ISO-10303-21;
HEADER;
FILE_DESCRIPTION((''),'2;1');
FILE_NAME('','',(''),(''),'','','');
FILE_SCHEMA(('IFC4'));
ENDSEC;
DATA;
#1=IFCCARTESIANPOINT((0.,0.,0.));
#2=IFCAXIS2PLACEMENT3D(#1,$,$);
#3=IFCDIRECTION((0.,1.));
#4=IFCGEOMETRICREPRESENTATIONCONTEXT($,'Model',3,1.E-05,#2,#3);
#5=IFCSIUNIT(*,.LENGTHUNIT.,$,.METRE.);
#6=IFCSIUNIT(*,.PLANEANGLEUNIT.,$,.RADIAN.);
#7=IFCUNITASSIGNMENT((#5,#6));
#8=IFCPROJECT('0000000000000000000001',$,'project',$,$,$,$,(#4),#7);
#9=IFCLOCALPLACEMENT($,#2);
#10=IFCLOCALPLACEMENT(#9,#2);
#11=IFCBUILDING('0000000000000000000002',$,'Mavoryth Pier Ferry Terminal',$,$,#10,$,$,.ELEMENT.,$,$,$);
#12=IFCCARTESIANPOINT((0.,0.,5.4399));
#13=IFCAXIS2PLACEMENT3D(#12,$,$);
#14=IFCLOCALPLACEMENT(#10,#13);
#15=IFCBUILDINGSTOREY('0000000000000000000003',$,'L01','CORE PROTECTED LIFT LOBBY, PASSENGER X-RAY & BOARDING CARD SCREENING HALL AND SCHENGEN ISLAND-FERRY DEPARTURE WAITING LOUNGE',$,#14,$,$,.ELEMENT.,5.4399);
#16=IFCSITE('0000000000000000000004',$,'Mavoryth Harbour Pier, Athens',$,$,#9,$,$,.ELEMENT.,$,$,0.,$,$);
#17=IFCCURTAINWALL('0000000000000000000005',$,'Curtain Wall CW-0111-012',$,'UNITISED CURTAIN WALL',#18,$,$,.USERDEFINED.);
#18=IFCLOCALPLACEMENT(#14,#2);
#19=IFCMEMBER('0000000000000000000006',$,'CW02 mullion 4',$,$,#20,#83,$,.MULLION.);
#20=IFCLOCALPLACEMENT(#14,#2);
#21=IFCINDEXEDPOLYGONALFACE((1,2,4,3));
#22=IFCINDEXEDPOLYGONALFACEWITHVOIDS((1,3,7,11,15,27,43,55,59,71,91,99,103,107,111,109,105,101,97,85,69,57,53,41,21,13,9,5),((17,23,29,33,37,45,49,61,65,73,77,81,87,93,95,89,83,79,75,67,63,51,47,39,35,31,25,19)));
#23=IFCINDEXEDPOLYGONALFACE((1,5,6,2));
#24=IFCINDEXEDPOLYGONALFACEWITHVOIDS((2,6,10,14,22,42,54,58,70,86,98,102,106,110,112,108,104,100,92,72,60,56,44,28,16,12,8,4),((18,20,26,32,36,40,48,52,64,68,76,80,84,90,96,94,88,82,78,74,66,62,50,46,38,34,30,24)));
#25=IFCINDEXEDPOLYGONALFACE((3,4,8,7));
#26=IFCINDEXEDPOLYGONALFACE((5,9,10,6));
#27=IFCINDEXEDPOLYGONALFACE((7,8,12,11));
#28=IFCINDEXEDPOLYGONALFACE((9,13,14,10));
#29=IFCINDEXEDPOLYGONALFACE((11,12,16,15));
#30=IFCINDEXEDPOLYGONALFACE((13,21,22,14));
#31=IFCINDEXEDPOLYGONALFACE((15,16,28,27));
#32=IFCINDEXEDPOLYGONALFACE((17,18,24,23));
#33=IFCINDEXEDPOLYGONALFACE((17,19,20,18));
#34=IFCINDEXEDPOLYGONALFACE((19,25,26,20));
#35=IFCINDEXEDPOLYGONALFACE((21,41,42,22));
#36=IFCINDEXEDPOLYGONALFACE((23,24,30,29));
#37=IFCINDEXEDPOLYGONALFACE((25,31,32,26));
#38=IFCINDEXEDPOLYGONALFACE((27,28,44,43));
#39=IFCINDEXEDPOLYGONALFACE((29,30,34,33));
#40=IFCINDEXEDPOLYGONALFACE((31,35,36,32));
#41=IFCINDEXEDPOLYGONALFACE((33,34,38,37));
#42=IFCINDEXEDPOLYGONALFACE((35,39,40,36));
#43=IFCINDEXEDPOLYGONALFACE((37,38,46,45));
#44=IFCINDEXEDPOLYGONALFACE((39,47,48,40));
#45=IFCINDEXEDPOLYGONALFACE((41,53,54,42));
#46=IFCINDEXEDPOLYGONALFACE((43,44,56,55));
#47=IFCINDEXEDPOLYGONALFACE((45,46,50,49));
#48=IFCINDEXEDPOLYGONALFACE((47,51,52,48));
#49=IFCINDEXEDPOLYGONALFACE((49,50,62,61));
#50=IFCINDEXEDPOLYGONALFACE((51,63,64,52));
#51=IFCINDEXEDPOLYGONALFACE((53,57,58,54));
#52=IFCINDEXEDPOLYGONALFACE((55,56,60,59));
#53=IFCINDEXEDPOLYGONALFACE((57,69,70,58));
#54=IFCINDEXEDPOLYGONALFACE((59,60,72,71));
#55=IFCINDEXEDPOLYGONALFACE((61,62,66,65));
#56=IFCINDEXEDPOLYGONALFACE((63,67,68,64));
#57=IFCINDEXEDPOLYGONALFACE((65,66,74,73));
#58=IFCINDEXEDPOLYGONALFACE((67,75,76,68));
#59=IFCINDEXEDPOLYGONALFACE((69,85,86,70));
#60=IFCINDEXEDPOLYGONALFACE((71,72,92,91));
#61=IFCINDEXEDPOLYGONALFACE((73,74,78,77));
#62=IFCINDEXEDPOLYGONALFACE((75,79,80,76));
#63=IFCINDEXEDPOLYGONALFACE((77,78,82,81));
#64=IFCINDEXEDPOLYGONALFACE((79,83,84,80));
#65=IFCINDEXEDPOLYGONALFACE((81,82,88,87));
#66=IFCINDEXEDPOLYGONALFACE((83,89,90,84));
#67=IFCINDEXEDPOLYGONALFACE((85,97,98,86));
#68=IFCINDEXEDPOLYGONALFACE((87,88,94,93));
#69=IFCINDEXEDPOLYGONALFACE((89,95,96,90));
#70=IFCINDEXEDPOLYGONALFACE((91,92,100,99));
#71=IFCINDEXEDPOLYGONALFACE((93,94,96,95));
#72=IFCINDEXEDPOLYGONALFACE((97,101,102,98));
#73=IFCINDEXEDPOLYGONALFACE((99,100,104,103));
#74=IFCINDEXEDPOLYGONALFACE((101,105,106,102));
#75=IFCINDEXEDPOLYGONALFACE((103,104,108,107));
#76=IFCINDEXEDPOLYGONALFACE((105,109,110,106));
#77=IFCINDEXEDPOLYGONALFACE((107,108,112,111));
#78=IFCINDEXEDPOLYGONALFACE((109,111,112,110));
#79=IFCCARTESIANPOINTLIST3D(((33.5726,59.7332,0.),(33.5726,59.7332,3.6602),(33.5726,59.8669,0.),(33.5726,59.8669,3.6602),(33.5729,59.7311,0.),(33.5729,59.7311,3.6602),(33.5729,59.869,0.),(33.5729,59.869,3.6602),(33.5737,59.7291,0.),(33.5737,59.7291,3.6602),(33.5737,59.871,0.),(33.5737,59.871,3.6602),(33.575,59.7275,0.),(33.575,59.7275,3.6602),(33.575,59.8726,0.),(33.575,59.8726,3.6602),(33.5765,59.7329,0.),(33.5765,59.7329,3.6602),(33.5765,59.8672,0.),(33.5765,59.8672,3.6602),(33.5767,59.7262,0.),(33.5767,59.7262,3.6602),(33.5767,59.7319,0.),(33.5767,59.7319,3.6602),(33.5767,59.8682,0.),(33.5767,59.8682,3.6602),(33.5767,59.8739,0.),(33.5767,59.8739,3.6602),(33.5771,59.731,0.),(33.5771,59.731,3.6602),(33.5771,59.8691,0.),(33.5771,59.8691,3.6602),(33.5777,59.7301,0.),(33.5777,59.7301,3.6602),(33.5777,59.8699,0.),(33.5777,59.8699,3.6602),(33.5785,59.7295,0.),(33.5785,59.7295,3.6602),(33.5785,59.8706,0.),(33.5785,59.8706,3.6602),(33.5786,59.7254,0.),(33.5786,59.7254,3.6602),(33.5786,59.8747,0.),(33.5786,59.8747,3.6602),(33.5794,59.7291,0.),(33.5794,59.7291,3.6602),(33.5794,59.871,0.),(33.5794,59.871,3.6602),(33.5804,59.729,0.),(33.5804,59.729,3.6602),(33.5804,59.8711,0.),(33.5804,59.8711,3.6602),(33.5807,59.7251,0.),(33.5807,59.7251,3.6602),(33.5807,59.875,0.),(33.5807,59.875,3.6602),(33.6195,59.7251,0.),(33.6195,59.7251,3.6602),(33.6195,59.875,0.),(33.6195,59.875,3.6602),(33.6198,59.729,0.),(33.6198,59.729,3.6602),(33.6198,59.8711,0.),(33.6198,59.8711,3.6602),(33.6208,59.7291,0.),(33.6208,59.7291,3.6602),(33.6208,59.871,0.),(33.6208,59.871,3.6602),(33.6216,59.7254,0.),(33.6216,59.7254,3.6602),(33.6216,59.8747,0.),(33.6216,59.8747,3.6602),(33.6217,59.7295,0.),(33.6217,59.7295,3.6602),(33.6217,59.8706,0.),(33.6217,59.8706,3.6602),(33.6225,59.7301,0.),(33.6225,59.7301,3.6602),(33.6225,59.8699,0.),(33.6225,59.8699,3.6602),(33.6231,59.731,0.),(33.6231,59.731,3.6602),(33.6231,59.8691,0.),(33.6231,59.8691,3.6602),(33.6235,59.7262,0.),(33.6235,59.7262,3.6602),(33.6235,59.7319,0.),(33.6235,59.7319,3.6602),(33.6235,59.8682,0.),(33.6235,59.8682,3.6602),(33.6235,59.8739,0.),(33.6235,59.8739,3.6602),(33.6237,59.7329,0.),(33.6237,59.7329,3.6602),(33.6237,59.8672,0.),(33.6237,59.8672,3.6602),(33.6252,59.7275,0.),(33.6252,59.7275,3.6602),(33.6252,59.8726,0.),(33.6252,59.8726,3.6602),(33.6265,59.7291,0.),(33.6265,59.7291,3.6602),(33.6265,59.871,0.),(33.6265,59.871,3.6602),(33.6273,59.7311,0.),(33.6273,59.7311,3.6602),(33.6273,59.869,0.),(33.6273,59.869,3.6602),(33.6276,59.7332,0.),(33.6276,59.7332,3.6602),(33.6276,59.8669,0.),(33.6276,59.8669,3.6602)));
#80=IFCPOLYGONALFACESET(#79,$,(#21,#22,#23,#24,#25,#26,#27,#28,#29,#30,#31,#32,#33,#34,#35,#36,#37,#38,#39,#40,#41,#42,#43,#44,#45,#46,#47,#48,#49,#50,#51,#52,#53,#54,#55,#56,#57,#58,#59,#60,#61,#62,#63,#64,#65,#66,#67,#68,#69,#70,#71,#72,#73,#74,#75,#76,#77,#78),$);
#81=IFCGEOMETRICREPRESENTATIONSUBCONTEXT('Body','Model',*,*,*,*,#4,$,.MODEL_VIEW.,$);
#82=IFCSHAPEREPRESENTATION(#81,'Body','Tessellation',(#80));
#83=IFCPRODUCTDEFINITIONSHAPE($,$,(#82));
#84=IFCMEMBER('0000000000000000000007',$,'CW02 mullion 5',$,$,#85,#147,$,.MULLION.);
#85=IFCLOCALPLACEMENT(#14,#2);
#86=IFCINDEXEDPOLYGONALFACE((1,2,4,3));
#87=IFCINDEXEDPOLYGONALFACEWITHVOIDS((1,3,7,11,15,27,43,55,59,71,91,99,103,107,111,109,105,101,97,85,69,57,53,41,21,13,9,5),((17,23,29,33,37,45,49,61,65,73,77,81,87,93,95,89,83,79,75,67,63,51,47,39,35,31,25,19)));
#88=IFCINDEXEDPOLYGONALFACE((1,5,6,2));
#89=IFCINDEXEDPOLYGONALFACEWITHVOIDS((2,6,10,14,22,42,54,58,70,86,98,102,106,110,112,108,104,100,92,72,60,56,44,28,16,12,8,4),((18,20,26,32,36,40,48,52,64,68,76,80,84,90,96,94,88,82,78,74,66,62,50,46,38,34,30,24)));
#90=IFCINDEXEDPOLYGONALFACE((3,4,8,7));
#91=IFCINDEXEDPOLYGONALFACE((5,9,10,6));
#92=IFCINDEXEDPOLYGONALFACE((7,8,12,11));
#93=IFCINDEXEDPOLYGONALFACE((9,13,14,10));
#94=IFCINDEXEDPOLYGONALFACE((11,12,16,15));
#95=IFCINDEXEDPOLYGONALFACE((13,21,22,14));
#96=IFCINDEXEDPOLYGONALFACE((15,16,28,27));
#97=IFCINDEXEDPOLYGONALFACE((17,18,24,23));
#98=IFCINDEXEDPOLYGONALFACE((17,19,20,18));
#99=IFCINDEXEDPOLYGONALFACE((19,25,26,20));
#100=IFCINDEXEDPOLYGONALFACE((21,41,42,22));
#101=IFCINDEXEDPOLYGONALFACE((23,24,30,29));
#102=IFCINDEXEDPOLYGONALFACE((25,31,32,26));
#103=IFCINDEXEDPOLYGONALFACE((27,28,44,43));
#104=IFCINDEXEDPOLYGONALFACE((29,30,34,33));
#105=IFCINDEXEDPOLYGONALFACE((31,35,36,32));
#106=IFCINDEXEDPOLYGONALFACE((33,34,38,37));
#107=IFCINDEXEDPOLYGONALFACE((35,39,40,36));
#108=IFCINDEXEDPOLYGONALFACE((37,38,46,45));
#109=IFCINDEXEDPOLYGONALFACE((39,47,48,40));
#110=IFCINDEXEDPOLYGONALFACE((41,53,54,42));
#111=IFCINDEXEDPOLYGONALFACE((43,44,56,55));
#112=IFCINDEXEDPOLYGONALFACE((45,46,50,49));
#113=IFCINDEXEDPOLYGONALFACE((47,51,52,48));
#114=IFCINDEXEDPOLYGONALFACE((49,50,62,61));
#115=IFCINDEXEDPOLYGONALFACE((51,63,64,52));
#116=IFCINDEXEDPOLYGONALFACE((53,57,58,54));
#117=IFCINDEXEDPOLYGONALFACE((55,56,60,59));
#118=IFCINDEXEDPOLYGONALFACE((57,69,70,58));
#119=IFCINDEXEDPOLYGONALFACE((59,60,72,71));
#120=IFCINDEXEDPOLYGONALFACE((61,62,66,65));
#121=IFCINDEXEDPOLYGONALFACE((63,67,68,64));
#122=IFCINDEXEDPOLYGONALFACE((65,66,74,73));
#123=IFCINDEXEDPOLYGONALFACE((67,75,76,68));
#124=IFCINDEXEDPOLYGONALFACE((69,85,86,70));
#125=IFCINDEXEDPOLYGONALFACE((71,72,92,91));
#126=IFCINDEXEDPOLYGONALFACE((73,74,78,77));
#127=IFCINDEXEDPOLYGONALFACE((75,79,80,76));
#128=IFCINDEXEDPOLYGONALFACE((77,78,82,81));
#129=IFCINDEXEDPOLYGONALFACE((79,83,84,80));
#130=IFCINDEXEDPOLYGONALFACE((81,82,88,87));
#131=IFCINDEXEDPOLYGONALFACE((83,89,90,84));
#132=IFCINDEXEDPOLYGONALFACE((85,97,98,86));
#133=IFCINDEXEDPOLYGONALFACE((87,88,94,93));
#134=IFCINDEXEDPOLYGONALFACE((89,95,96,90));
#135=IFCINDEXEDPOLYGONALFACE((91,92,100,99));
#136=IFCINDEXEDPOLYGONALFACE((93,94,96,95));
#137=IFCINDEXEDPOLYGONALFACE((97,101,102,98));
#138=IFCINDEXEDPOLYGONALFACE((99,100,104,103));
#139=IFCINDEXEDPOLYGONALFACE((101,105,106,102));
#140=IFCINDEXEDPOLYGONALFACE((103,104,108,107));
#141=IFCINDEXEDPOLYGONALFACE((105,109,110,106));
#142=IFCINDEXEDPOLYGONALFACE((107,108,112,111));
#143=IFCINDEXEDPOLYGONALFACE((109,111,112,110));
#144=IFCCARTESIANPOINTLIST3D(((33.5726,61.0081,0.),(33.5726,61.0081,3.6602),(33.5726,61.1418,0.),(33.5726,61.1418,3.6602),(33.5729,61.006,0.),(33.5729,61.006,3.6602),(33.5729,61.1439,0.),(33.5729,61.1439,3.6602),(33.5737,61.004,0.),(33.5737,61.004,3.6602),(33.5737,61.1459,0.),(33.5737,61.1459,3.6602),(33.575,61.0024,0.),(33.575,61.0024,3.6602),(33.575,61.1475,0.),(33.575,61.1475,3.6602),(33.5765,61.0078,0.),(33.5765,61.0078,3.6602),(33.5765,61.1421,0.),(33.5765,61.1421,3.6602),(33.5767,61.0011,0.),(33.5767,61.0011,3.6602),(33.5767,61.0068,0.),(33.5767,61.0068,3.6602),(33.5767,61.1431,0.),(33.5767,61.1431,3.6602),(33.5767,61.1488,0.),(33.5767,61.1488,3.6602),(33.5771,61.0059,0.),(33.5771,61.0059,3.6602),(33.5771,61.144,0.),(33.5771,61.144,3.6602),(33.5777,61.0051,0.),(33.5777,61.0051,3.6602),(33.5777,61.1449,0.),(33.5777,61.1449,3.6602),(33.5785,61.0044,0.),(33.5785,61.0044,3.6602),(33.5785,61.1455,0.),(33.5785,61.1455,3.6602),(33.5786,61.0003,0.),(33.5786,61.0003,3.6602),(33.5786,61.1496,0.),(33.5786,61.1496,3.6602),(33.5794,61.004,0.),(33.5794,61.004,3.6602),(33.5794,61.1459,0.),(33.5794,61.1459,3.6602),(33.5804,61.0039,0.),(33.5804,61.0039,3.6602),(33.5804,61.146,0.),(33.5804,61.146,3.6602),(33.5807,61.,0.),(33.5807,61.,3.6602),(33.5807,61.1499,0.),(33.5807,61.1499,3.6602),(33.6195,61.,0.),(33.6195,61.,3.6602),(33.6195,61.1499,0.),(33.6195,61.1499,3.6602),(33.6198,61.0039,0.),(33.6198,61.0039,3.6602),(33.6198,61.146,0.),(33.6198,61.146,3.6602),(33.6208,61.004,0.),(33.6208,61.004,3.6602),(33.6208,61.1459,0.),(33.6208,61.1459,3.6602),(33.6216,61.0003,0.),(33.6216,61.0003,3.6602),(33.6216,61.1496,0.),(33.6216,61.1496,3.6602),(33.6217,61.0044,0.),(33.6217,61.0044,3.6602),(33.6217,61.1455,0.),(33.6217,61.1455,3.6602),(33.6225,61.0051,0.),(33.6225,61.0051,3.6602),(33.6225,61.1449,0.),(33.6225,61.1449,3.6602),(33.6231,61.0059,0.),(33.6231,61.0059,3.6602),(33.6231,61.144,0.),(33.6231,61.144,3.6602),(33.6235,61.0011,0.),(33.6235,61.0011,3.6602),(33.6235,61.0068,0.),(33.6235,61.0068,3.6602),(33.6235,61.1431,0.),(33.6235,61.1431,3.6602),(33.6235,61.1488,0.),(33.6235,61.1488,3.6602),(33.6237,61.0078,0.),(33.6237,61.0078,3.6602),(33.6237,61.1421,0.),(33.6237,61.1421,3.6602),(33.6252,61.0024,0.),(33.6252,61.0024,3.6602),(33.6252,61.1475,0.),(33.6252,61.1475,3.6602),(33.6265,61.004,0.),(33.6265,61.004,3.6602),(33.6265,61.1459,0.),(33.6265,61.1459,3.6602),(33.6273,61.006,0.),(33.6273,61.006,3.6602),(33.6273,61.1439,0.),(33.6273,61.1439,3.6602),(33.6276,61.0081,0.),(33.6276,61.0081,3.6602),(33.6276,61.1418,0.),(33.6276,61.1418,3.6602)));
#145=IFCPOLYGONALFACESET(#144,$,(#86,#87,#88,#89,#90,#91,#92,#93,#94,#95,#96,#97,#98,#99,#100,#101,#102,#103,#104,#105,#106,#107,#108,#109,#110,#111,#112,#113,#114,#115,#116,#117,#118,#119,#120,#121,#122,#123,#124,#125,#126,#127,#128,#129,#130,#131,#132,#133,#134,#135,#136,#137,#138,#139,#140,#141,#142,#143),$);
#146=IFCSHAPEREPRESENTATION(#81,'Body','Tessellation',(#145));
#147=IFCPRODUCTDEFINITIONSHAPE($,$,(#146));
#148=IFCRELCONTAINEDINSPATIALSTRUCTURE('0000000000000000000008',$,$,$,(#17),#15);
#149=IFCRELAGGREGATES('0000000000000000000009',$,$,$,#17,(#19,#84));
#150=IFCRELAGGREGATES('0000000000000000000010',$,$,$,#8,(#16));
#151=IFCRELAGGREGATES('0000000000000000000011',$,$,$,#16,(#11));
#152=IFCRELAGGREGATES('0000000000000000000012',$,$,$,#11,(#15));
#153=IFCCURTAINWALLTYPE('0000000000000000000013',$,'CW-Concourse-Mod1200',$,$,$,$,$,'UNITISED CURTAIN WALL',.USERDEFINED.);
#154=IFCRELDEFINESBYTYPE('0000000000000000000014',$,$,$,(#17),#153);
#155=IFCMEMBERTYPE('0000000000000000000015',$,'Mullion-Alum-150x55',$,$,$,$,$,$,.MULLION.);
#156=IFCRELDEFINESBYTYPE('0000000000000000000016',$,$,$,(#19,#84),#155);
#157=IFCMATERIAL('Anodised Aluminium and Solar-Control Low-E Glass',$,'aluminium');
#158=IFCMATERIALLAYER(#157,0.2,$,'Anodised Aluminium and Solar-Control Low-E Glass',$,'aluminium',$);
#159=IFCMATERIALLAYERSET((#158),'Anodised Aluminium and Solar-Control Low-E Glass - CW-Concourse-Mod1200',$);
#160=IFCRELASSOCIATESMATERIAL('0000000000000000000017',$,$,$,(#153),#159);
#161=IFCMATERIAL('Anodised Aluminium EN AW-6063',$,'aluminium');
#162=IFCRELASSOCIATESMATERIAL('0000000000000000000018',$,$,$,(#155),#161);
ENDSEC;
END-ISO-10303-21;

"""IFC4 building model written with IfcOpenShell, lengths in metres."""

from ifc_helpers import new_model, si_unit, direction, frame, origin, origin_2d, place, context, subcontext, project, spatial, hollow_rectangle, extrude, material, layer, layer_set, material_profile, profile_set, type_object, element, aggregate, save


model = new_model("IFC4")

# Units and contexts
model_context = context("Model", 3, precision=1e-05, world=origin(), true_north=direction((0.0, 1.0)))
body_context = subcontext(model_context, "Body", "Model", "MODEL_VIEW")
ifc_project = project(units=[si_unit("LENGTHUNIT", "METRE"), si_unit("PLANEANGLEUNIT", "RADIAN")], contexts=[model_context])

# Site, building, storey
site_placement = place(None, origin())
site = spatial("IfcSite", under=ifc_project, at=site_placement, Name="Mavoryth Harbour Pier, Athens", CompositionType="ELEMENT", RefElevation=0.0)
building_placement = place(site_placement, origin())
building = spatial("IfcBuilding", under=site, at=building_placement, Name="Mavoryth Pier Ferry Terminal", CompositionType="ELEMENT")
storey_placement = place(building_placement, frame((0.0, 0.0, 5.4399)))
storey = spatial("IfcBuildingStorey", under=building, at=storey_placement, Name="L01", Description="CORE PROTECTED LIFT LOBBY, PASSENGER X-RAY & BOARDING CARD SCREENING HALL AND SCHENGEN ISLAND-FERRY DEPARTURE WAITING LOUNGE", CompositionType="ELEMENT", Elevation=5.4399)

# Curtain wall, members
ifc_material_1 = material(Name="Anodised Aluminium and Solar-Control Low-E Glass", Category="aluminium")
ifc_layer_1 = layer(ifc_material_1, 0.2, Name="Anodised Aluminium and Solar-Control Low-E Glass", Category="aluminium")
ifc_layer_set_1 = layer_set([ifc_layer_1], Name="Anodised Aluminium and Solar-Control Low-E Glass - CW-Concourse-Mod1200")
curtain_wall_type = type_object("IfcCurtainWallType", Name="CW-Concourse-Mod1200", ElementType="UNITISED CURTAIN WALL", PredefinedType="USERDEFINED", material=ifc_layer_set_1)
curtain_wall_placement = place(storey_placement, origin())
curtain_wall = element("IfcCurtainWall", 1, at=curtain_wall_placement, inside=storey, type_object=curtain_wall_type, Name="Curtain Wall CW-0111-012", ObjectType="UNITISED CURTAIN WALL", PredefinedType="USERDEFINED")
ifc_material_2 = material(Name="Anodised Aluminium EN AW-6063", Category="aluminium")
ifc_material_profile_1 = material_profile(ifc_material_2, hollow_rectangle(XDim=0.0549, YDim=0.1499, WallThickness=0.0039, InnerFilletRadius=0.0039, OuterFilletRadius=0.0081, at=origin_2d()), Name="AL-MULL 150x55x4", Category="aluminium")
ifc_profile_set_1 = profile_set([ifc_material_profile_1], Name="Anodised Aluminium EN AW-6063 - AL-MULL 150x55x4")
member_type_1 = type_object("IfcMemberType", Name="Mullion-Alum-150x55", PredefinedType="MULLION", material=ifc_profile_set_1)
member_1_placement = place(storey_placement, frame((33.6001, 59.8, 0.0), z_axis=(0.0, 0.0, 1.0), x_axis=(-1.0, 0.0, 0.0)))
member_1 = element("IfcMember", 2, at=member_1_placement, type_object=member_type_1, Name="CW02 mullion 4", PredefinedType="MULLION", context=body_context, shape_type="SweptSolid", body=[
    extrude(hollow_rectangle(XDim=0.0549, YDim=0.1499, WallThickness=0.0039, InnerFilletRadius=0.0039, OuterFilletRadius=0.0081, at=origin_2d()), origin(), (0.0, 0.0, 1.0), 3.6602),
])
member_2_placement = place(storey_placement, frame((33.6001, 61.075, 0.0), z_axis=(0.0, 0.0, 1.0), x_axis=(-1.0, 0.0, 0.0)))
member_2 = element("IfcMember", 3, at=member_2_placement, type_object=member_type_1, Name="CW02 mullion 5", PredefinedType="MULLION", context=body_context, shape_type="SweptSolid", body=[
    extrude(hollow_rectangle(XDim=0.0549, YDim=0.1499, WallThickness=0.0039, InnerFilletRadius=0.0039, OuterFilletRadius=0.0081, at=origin_2d()), origin(), (0.0, 0.0, 1.0), 3.6602),
])
aggregate(curtain_wall, [member_1, member_2])

save(model, "model.ifc")
